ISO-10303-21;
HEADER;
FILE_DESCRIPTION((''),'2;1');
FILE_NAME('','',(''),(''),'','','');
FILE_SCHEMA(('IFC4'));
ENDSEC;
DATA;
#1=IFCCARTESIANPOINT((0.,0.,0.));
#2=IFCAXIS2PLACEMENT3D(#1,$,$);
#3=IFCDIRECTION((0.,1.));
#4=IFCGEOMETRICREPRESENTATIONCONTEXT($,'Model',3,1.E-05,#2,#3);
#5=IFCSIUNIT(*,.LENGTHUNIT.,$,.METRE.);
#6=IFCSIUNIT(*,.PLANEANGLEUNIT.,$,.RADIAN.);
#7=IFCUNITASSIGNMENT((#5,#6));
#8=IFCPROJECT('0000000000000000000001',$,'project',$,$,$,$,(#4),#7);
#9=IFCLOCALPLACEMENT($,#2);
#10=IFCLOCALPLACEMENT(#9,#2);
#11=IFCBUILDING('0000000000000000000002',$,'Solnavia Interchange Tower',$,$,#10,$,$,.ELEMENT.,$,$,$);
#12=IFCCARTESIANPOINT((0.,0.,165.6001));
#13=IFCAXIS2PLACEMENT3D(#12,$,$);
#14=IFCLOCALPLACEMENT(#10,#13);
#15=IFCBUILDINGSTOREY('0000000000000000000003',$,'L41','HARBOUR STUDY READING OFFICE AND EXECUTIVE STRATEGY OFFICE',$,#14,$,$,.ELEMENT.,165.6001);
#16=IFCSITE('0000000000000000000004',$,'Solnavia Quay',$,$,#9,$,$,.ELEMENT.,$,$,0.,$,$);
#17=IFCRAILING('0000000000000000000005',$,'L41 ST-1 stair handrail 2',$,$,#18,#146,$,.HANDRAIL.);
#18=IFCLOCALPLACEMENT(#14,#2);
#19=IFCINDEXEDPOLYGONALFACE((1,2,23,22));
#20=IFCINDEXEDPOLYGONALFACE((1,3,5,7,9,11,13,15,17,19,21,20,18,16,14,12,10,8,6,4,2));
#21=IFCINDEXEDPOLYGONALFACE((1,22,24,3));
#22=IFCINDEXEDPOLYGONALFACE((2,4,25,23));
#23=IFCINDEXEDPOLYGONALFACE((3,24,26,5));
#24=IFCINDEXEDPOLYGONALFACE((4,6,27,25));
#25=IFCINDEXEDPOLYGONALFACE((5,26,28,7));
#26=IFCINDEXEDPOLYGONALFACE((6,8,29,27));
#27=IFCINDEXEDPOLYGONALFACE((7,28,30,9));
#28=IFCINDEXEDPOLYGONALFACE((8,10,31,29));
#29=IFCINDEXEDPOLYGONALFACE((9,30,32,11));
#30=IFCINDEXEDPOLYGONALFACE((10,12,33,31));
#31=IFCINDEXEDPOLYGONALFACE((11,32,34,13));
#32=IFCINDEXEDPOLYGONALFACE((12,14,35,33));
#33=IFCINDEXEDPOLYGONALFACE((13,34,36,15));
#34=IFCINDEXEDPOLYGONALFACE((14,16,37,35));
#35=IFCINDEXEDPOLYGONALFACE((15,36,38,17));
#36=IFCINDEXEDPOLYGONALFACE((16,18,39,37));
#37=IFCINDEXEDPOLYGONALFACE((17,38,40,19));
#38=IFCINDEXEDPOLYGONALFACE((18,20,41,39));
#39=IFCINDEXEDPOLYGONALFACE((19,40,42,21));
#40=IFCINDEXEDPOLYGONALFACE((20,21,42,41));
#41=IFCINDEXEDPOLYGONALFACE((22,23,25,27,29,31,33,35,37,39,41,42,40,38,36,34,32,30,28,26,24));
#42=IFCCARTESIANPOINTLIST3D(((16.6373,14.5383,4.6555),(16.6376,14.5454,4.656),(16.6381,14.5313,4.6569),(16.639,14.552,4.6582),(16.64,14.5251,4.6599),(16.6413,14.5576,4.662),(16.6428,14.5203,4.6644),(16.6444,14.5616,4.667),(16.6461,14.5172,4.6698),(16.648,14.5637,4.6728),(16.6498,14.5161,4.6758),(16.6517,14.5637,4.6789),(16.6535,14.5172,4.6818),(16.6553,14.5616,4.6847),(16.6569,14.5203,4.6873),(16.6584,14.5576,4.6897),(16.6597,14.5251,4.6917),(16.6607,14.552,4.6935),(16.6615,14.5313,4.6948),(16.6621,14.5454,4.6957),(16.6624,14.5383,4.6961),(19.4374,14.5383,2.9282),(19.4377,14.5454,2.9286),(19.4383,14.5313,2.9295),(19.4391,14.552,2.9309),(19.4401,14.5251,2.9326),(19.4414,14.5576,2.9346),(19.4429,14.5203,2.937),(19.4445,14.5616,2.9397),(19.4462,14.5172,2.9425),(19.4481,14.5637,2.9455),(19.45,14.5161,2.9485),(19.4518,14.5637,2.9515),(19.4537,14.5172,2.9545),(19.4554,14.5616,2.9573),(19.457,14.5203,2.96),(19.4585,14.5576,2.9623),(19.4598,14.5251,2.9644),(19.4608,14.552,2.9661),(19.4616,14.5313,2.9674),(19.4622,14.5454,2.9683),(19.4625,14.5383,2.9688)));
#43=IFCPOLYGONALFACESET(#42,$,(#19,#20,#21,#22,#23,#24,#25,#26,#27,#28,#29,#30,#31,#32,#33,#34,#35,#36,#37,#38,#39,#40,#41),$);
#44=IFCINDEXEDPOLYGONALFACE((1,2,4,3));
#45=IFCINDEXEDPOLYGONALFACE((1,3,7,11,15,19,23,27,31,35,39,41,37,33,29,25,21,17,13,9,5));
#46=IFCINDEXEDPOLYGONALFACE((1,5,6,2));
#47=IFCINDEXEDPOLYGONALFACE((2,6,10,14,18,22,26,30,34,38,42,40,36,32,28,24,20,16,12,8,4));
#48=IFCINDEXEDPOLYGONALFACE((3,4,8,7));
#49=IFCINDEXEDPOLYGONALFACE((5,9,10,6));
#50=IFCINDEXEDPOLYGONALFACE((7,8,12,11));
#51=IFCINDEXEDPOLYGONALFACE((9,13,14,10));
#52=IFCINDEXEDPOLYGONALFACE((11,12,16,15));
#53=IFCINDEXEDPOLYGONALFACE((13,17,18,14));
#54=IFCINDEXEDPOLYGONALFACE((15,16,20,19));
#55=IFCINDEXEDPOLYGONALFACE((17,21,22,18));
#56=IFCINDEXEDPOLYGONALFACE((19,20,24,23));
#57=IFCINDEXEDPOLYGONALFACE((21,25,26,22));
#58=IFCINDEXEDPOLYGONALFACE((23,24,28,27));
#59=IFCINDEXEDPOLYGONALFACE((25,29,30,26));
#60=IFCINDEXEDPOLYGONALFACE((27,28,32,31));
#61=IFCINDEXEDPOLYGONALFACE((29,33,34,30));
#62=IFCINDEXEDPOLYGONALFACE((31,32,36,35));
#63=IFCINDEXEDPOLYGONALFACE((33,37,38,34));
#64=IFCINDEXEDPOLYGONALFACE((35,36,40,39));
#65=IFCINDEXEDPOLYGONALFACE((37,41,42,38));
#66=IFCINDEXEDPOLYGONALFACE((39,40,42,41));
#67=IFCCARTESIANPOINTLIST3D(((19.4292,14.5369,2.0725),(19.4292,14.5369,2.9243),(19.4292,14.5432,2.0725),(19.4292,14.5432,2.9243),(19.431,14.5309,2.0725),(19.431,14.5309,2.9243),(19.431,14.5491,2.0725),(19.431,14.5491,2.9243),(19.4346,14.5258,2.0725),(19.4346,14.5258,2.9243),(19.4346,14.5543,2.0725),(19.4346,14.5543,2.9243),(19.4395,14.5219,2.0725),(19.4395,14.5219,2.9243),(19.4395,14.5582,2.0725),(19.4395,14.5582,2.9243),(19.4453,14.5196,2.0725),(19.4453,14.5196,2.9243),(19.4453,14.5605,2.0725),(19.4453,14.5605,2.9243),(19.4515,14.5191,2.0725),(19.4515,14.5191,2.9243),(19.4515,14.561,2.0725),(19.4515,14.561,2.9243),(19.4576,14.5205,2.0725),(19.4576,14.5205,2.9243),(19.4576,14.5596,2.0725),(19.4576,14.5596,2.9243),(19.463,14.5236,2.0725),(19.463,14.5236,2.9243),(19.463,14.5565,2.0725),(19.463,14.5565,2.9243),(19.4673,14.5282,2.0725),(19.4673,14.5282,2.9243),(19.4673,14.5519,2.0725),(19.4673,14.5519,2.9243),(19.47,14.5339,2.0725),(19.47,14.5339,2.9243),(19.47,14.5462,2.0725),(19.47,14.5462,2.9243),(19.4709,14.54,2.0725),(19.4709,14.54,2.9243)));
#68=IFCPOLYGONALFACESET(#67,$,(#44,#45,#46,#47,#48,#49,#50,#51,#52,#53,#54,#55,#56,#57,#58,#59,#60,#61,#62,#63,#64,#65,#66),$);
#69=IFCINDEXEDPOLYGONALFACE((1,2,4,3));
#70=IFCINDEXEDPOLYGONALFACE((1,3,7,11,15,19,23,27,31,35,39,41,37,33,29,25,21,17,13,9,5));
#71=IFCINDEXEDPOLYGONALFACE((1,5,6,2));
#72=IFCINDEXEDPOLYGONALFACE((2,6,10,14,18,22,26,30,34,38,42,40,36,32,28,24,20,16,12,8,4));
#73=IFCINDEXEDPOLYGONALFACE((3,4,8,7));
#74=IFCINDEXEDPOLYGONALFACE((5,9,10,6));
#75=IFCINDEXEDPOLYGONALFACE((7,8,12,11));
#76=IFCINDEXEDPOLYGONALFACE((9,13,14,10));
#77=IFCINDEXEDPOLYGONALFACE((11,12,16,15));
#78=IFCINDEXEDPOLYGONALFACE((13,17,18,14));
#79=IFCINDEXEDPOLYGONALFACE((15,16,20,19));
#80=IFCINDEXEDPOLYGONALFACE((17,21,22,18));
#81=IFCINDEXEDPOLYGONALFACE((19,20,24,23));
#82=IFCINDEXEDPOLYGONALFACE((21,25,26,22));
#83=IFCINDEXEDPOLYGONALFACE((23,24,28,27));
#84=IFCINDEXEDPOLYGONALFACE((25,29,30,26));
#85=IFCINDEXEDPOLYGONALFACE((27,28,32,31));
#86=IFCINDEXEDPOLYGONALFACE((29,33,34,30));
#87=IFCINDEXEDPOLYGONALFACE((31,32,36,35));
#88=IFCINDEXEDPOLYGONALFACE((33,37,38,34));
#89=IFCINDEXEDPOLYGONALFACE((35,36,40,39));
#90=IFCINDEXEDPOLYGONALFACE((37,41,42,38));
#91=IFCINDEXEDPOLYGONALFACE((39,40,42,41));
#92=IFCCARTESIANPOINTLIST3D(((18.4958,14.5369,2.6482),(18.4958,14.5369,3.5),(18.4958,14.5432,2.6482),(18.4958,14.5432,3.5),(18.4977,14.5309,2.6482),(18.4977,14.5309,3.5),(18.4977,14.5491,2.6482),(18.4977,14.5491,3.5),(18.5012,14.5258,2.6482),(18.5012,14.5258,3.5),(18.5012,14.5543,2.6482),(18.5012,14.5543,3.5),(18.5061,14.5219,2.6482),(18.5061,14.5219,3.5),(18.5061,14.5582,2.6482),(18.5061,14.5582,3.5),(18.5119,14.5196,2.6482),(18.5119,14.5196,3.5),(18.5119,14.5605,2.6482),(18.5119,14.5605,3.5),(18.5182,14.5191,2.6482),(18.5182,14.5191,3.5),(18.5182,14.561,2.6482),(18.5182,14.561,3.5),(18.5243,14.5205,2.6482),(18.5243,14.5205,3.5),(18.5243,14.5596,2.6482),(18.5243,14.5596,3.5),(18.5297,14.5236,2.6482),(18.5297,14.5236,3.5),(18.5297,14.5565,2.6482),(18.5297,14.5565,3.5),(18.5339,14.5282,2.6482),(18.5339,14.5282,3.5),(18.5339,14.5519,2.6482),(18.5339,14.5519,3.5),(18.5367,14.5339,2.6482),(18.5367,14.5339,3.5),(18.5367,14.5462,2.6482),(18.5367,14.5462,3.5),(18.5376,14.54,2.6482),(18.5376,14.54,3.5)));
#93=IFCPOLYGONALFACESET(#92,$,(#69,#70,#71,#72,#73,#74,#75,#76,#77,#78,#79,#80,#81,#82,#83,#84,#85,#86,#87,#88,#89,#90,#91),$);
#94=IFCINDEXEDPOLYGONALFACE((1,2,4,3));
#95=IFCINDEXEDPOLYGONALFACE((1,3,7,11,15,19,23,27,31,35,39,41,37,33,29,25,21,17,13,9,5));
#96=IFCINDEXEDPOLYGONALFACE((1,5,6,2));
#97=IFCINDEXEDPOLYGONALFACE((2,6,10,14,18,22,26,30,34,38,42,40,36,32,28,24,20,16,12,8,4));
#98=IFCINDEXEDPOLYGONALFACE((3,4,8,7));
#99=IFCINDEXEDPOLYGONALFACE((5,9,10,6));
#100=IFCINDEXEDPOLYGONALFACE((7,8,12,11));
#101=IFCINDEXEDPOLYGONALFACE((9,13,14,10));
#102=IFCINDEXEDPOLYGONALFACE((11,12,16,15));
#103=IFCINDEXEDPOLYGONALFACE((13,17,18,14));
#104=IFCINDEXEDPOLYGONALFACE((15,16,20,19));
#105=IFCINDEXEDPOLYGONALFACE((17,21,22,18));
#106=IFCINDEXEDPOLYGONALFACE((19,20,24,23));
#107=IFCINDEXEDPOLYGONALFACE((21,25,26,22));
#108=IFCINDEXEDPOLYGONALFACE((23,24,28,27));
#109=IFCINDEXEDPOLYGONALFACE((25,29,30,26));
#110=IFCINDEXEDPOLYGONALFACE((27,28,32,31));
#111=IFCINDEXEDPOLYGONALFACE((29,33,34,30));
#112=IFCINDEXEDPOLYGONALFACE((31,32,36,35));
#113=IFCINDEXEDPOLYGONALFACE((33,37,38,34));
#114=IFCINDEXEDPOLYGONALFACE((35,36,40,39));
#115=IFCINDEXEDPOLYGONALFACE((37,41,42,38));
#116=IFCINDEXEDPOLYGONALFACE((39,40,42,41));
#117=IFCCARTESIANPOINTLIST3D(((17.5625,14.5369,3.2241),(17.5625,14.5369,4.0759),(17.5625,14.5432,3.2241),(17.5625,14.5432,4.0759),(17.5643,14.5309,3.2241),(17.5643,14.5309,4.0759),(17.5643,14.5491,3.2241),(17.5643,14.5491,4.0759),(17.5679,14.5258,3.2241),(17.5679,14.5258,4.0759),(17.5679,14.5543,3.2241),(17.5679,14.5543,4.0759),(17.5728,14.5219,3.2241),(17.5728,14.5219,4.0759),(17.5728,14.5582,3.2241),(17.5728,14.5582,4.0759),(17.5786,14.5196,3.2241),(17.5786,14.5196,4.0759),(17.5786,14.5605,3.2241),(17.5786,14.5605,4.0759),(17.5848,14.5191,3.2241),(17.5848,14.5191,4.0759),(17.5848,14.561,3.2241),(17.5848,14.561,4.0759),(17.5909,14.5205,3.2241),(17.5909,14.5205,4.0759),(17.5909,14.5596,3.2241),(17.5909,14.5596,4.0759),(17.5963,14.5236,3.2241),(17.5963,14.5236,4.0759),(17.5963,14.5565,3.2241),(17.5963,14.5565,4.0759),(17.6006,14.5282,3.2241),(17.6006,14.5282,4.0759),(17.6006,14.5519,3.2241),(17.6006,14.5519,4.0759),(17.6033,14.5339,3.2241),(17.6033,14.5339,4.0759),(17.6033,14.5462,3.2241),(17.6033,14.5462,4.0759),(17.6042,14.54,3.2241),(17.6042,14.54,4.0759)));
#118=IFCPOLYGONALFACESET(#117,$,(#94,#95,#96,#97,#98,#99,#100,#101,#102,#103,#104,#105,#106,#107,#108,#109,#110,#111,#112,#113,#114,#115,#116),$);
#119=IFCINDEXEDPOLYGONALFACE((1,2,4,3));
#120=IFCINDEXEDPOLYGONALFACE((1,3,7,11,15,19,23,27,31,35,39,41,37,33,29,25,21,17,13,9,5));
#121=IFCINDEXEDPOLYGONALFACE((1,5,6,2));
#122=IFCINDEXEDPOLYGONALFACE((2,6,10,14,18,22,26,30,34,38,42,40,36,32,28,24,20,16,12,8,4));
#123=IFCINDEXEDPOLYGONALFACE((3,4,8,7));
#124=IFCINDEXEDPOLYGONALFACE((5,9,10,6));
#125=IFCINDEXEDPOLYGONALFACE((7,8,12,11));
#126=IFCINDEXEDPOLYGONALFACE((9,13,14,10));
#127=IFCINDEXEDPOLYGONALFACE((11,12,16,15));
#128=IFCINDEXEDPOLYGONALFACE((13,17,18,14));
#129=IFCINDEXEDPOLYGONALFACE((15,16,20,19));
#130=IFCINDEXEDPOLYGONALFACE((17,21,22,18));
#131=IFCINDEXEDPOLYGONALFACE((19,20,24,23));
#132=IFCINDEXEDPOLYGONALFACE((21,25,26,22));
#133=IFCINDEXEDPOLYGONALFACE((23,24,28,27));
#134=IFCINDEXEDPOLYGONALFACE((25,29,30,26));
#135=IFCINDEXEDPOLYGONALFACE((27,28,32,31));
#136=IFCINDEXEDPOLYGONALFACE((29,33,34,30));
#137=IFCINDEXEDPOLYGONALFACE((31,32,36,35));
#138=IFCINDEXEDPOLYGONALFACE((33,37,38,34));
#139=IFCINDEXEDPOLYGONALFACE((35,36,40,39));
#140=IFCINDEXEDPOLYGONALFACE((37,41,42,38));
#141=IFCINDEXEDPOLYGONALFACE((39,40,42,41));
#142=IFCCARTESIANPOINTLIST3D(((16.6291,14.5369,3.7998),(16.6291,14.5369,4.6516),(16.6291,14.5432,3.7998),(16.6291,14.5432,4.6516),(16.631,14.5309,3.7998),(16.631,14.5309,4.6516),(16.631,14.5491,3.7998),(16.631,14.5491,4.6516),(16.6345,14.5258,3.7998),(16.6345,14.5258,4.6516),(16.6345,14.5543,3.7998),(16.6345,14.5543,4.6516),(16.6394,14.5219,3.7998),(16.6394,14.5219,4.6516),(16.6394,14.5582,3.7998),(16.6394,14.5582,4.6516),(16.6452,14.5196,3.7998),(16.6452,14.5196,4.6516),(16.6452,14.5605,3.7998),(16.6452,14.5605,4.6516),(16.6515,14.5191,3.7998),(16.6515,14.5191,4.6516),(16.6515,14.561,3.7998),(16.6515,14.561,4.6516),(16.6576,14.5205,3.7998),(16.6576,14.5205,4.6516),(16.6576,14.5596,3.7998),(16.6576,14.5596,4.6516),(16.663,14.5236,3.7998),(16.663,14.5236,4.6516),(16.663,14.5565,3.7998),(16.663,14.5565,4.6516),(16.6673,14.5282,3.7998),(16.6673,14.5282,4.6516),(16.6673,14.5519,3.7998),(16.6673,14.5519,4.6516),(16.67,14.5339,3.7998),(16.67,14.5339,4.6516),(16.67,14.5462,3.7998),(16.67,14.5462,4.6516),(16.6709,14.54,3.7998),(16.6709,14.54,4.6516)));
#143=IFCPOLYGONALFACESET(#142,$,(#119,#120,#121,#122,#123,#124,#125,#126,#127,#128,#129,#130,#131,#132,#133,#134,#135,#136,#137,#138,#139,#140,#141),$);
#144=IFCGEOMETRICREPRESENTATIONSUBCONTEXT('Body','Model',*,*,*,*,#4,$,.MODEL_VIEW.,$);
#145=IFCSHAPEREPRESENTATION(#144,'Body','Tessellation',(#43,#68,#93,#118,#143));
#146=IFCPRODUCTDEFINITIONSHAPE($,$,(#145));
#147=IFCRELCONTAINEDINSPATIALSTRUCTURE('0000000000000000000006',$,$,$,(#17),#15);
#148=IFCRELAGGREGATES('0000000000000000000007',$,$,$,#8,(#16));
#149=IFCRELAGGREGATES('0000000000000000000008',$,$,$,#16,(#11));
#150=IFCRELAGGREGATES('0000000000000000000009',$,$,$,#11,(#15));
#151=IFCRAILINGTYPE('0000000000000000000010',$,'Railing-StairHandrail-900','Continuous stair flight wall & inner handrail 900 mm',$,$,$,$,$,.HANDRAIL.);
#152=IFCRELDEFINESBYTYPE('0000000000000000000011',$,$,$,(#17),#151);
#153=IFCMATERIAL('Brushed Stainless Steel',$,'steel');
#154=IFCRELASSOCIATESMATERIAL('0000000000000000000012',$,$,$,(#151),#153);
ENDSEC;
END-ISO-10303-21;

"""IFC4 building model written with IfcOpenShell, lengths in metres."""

from ifc_helpers import new_model, si_unit, direction, frame, origin, origin_2d, place, context, subcontext, project, spatial, circle, extrude, material, type_object, element, save


model = new_model("IFC4")

# Units and contexts
model_context = context("Model", 3, precision=1e-05, world=origin(), true_north=direction((0.0, 1.0)))
body_context = subcontext(model_context, "Body", "Model", "MODEL_VIEW")
ifc_project = project(units=[si_unit("LENGTHUNIT", "METRE"), si_unit("PLANEANGLEUNIT", "RADIAN")], contexts=[model_context])

# Site, building, storey
site_placement = place(None, origin())
site = spatial("IfcSite", under=ifc_project, at=site_placement, Name="Solnavia Quay", CompositionType="ELEMENT", RefElevation=0.0)
building_placement = place(site_placement, origin())
building = spatial("IfcBuilding", under=site, at=building_placement, Name="Solnavia Interchange Tower", CompositionType="ELEMENT")
storey_placement = place(building_placement, frame((0.0, 0.0, 165.6001)))
storey = spatial("IfcBuildingStorey", under=building, at=storey_placement, Name="L41", Description="HARBOUR STUDY READING OFFICE AND EXECUTIVE STRATEGY OFFICE", CompositionType="ELEMENT", Elevation=165.6001)

# Railing
ifc_material_1 = material(Name="Brushed Stainless Steel", Category="steel")
railing_type_1 = type_object("IfcRailingType", Name="Railing-StairHandrail-900", Description="Continuous stair flight wall & inner handrail 900 mm", PredefinedType="HANDRAIL", material=ifc_material_1)
railing_1_placement = place(storey_placement, frame((19.45, 14.54, 2.0725)))
element("IfcRailing", 1, at=railing_1_placement, inside=storey, type_object=railing_type_1, Name="L41 ST-1 stair handrail 2", PredefinedType="HANDRAIL", context=body_context, shape_type="SweptSolid", body=[
    extrude(circle(Radius=0.0239, at=origin_2d()), frame((0.0, 0.0, 0.876), z_axis=(-0.85109, 0.0, 0.52502), x_axis=(0.0, -1.0, 0.0)), (0.0, 0.0, 1.0), 3.29),
    extrude(circle(Radius=0.021, at=origin_2d()), origin(), (0.0, 0.0, 1.0), 0.8518),
    extrude(circle(Radius=0.021, at=origin_2d()), frame((-0.9333, 0.0, 0.5757)), (0.0, 0.0, 1.0), 0.8518),
    extrude(circle(Radius=0.021, at=origin_2d()), frame((-1.8667, 0.0, 1.1516)), (0.0, 0.0, 1.0), 0.8518),
    extrude(circle(Radius=0.021, at=origin_2d()), frame((-2.8, 0.0, 1.7273)), (0.0, 0.0, 1.0), 0.8518),
])

save(model, "model.ifc")
